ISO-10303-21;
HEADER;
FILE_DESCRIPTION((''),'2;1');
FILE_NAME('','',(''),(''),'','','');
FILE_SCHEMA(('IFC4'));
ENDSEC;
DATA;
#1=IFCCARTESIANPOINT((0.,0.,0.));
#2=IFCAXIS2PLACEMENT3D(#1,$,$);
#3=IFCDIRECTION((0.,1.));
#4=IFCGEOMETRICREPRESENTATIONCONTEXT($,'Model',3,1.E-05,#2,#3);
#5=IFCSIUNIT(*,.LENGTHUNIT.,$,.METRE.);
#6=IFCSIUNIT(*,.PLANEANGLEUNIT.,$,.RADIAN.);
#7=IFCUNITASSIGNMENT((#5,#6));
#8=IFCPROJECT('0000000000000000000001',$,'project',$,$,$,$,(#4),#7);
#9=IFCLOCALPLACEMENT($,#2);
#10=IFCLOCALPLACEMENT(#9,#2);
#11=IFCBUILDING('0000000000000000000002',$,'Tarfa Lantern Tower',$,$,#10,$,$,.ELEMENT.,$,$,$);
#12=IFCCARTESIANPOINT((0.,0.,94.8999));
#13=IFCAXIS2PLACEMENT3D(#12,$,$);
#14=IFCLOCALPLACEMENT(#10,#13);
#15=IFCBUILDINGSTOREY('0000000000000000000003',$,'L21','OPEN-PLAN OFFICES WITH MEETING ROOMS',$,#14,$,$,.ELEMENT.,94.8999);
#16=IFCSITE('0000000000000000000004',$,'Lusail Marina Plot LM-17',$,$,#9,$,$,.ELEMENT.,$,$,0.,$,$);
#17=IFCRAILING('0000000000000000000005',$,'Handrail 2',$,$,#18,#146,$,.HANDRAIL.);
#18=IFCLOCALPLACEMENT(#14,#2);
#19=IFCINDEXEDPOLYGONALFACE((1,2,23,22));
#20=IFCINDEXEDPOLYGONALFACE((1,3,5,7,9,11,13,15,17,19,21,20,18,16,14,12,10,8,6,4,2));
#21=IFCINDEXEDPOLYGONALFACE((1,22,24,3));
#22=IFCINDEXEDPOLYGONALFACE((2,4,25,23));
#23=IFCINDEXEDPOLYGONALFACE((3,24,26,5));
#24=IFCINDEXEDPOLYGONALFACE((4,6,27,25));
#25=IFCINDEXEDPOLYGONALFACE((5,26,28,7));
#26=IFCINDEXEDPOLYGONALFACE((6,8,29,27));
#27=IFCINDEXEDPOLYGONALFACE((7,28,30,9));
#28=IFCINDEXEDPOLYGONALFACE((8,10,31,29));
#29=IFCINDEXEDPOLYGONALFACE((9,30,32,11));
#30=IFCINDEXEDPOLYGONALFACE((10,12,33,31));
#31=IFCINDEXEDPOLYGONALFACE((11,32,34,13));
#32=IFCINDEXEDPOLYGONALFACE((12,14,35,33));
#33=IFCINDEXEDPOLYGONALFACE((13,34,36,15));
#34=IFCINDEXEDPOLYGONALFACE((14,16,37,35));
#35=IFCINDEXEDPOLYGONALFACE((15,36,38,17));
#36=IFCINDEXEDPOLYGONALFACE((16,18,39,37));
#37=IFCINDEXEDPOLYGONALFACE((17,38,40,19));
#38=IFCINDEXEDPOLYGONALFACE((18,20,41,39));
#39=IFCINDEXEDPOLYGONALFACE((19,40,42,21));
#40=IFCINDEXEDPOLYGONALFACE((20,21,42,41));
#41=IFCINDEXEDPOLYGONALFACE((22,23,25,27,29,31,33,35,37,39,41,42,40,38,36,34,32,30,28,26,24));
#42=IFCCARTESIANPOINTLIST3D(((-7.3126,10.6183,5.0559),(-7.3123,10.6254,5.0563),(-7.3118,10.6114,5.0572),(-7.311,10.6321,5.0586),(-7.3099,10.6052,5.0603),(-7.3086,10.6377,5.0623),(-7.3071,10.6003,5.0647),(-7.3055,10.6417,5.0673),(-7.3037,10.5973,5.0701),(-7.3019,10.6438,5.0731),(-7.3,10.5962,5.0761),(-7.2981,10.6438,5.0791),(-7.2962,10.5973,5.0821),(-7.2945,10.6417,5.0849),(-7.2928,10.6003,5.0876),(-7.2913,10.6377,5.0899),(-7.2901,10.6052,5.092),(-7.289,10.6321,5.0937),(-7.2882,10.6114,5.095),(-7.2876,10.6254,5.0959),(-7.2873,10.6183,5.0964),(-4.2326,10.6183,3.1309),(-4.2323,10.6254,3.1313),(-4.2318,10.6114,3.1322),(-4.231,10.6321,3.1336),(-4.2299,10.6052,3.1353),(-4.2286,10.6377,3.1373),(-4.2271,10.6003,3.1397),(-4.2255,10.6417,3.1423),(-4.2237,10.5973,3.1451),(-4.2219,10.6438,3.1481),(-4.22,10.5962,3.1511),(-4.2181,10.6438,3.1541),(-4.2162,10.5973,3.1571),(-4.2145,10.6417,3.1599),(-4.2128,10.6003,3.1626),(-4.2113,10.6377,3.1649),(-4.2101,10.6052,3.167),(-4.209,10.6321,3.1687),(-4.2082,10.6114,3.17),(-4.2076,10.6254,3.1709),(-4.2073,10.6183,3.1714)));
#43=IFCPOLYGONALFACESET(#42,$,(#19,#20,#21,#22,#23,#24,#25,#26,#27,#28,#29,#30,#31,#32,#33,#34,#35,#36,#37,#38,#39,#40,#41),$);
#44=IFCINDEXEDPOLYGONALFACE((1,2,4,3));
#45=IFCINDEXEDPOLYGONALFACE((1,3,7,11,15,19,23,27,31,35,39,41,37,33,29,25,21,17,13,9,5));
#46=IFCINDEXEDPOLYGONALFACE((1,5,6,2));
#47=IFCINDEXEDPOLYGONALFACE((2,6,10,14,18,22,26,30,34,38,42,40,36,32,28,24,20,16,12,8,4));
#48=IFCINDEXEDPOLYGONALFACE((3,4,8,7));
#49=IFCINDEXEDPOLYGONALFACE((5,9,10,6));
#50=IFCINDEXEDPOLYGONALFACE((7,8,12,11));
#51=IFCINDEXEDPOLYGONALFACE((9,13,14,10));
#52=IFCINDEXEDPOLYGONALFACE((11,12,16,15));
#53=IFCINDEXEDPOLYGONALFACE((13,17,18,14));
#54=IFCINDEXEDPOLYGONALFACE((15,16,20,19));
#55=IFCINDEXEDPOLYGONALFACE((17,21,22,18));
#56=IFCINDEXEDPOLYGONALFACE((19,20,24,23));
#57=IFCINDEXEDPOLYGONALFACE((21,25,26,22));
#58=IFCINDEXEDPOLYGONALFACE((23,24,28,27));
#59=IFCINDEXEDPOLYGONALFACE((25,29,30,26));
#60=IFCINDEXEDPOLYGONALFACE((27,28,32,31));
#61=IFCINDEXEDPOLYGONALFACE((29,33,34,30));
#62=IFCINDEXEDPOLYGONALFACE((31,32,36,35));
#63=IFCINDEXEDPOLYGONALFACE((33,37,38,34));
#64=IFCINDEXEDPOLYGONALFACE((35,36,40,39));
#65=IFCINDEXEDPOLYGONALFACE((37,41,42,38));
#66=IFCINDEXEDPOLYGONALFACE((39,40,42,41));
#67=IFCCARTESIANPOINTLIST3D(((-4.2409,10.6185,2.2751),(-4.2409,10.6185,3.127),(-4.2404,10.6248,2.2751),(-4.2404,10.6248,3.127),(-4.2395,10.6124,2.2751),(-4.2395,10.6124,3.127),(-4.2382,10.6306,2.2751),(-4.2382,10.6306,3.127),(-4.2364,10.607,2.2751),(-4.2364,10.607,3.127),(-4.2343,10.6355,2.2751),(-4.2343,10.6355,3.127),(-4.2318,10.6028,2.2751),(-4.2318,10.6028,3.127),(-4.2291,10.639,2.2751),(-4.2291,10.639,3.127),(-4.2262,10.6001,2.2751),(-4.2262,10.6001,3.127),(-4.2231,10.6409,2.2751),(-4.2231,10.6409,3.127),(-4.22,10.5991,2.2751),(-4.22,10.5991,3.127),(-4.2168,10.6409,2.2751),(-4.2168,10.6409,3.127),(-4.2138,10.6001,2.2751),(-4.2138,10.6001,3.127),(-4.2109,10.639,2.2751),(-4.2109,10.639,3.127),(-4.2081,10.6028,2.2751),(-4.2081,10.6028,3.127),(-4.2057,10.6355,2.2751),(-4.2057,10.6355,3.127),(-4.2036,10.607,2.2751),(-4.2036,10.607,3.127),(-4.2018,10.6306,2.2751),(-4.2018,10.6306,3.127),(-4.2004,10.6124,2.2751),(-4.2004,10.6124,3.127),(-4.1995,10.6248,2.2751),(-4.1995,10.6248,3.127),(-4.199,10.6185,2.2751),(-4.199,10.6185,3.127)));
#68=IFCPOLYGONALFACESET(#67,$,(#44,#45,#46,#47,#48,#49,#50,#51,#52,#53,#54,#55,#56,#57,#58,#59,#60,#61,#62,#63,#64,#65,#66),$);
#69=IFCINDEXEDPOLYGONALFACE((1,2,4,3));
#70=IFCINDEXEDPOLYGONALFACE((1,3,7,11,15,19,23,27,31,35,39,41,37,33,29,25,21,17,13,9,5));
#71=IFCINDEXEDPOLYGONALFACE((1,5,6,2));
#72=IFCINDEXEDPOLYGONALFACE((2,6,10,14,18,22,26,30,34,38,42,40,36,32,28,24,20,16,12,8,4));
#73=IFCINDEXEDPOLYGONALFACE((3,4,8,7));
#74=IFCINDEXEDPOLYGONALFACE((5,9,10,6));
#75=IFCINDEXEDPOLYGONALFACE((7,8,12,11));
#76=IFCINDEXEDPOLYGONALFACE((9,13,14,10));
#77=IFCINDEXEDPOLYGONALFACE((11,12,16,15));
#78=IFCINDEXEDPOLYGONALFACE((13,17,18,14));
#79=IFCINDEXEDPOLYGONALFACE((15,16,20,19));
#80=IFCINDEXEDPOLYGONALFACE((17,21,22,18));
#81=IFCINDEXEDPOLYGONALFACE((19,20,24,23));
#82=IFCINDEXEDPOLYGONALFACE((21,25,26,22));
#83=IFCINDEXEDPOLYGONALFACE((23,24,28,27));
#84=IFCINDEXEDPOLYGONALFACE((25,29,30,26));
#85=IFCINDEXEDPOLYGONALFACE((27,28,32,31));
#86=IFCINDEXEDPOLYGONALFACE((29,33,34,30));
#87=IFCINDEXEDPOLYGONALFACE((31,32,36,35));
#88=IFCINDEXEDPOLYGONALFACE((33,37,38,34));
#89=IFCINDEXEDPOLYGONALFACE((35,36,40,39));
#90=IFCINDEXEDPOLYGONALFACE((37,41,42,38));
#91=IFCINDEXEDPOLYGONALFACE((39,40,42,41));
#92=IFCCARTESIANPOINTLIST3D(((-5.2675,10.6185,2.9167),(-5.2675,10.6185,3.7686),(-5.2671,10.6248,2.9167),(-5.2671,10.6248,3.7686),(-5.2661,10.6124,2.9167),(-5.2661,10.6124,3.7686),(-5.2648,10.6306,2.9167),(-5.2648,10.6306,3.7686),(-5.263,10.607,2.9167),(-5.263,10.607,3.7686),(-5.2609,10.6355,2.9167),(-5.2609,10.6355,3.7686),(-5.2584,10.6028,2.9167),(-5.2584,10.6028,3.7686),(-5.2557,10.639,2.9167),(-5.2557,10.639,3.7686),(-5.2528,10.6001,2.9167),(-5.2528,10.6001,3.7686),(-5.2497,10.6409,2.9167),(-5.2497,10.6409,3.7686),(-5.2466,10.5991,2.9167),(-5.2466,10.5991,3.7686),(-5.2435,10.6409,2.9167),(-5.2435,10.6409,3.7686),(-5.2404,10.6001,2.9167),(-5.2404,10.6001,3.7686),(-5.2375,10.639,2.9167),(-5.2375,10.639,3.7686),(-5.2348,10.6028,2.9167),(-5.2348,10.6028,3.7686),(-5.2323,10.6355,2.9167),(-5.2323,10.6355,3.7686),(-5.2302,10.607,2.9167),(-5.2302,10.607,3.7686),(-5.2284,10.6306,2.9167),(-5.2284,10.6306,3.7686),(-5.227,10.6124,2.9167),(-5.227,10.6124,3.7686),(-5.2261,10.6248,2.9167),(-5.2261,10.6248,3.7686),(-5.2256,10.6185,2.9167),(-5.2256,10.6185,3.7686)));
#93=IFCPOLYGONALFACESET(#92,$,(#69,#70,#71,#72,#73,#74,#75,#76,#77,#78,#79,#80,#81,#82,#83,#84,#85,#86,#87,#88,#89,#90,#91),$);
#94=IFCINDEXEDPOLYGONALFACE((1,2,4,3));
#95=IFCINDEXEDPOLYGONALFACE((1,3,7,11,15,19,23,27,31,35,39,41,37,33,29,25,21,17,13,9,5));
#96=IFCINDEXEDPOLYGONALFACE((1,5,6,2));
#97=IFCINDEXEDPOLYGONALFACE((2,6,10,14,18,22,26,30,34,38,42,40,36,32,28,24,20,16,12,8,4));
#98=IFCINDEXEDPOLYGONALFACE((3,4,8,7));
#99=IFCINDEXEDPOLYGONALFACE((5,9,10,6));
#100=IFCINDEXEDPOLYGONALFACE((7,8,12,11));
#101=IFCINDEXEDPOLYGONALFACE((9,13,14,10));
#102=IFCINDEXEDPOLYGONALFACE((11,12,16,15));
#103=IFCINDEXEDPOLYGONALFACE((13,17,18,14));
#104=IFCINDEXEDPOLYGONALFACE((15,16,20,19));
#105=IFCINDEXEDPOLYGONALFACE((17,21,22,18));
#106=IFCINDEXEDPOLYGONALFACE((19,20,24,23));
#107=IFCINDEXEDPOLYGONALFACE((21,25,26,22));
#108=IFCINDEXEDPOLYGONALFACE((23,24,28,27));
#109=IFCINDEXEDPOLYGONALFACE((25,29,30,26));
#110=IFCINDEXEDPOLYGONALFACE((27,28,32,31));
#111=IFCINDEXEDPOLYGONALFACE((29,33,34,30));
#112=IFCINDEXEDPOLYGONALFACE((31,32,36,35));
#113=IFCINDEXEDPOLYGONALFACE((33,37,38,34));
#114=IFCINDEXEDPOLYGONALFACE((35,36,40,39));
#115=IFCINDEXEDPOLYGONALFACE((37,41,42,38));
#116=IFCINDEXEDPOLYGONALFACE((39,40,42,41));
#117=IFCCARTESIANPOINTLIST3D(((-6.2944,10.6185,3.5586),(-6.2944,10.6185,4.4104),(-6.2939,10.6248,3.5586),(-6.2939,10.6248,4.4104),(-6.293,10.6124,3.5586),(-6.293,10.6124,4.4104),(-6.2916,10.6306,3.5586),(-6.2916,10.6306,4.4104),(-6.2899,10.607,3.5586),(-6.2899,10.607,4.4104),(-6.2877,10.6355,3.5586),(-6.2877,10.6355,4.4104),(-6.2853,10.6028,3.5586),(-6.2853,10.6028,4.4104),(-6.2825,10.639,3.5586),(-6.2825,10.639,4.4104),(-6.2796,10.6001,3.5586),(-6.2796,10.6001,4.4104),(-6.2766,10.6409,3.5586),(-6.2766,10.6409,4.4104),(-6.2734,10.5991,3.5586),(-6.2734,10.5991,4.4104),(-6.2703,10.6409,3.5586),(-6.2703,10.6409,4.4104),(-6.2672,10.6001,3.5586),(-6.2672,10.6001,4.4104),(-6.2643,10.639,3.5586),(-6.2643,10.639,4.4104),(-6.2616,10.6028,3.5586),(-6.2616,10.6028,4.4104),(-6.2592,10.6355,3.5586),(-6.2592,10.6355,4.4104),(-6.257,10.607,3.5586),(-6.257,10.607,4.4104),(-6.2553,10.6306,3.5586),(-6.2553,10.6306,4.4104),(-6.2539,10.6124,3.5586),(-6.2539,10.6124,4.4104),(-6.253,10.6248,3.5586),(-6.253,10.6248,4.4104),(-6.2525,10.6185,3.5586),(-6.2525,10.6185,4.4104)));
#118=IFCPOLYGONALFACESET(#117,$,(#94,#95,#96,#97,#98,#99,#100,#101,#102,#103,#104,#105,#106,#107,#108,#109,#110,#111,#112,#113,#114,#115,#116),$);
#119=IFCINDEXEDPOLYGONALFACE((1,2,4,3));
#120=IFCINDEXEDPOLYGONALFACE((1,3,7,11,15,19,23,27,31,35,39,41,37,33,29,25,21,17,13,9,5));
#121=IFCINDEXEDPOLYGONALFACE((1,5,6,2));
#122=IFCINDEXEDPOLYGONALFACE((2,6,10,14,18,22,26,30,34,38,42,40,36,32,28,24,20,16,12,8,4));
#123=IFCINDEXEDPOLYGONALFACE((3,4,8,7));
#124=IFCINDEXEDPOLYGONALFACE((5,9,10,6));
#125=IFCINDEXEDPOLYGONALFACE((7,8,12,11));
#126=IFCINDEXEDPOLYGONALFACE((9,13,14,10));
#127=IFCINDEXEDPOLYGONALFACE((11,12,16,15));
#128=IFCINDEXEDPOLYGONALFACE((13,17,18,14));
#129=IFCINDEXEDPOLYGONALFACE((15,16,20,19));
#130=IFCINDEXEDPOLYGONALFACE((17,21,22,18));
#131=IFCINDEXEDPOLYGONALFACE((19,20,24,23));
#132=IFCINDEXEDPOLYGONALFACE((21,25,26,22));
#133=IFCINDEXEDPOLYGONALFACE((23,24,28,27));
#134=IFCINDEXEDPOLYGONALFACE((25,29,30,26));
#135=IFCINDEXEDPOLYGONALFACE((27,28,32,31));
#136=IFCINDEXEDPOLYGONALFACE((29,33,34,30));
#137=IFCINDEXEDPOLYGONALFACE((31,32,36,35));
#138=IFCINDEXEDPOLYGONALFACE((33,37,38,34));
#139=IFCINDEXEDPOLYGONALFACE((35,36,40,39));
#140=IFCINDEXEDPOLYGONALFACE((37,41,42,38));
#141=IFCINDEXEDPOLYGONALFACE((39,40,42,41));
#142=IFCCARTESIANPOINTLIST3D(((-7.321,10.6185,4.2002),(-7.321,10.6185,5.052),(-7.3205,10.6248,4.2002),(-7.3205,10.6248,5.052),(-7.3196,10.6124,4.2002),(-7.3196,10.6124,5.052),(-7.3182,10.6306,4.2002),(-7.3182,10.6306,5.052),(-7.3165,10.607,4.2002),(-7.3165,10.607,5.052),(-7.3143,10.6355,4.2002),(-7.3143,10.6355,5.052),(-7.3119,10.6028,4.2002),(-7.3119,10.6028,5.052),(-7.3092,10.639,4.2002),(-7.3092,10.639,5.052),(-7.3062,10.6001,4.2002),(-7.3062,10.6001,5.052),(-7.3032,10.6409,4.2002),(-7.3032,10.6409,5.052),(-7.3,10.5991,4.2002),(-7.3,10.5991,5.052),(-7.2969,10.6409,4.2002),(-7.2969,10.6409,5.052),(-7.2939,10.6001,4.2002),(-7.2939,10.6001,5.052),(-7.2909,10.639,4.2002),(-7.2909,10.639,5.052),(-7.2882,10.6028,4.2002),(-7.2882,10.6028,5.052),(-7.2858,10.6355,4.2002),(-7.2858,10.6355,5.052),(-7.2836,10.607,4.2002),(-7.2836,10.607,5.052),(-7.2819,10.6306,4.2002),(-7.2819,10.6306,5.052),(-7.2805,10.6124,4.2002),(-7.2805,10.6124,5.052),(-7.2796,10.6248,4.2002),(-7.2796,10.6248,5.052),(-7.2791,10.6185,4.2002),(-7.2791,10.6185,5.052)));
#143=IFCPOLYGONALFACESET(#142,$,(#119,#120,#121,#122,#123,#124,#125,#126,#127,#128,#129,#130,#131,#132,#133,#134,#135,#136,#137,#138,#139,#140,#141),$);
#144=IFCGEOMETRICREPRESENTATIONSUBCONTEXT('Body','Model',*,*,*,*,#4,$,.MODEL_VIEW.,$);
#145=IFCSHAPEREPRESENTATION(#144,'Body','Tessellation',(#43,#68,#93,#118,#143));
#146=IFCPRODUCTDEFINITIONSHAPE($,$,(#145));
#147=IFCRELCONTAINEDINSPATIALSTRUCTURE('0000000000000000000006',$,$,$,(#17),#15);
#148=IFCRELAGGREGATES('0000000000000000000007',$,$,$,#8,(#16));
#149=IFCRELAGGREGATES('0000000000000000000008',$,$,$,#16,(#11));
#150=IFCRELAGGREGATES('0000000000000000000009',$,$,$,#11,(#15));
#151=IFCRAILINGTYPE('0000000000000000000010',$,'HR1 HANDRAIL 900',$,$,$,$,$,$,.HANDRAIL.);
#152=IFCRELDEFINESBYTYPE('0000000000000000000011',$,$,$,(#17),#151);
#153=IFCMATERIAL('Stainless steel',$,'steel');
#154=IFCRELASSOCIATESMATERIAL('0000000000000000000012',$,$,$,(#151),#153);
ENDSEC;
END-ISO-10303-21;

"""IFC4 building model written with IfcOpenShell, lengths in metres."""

from ifc_helpers import new_model, si_unit, direction, frame, origin, origin_2d, place, context, subcontext, project, spatial, circle, extrude, material, type_object, element, save


model = new_model("IFC4")

# Units and contexts
model_context = context("Model", 3, precision=1e-05, world=origin(), true_north=direction((0.0, 1.0)))
body_context = subcontext(model_context, "Body", "Model", "MODEL_VIEW")
ifc_project = project(units=[si_unit("LENGTHUNIT", "METRE"), si_unit("PLANEANGLEUNIT", "RADIAN")], contexts=[model_context])

# Site, building, storey
site_placement = place(None, origin())
site = spatial("IfcSite", under=ifc_project, at=site_placement, Name="Lusail Marina Plot LM-17", CompositionType="ELEMENT", RefElevation=0.0)
building_placement = place(site_placement, origin())
building = spatial("IfcBuilding", under=site, at=building_placement, Name="Tarfa Lantern Tower", CompositionType="ELEMENT")
storey_placement = place(building_placement, frame((0.0, 0.0, 94.8999)))
storey = spatial("IfcBuildingStorey", under=building, at=storey_placement, Name="L21", Description="OPEN-PLAN OFFICES WITH MEETING ROOMS", CompositionType="ELEMENT", Elevation=94.8999)

# Railing
ifc_material_1 = material(Name="Stainless steel", Category="steel")
railing_type = type_object("IfcRailingType", Name="HR1 HANDRAIL 900", PredefinedType="HANDRAIL", material=ifc_material_1)
railing_1_placement = place(storey_placement, frame((-4.22, 10.6201, 2.2751)))
element("IfcRailing", 1, at=railing_1_placement, inside=storey, type_object=railing_type, Name="Handrail 2", PredefinedType="HANDRAIL", context=body_context, shape_type="SweptSolid", body=[
    extrude(circle(Radius=0.0239, at=origin_2d()), frame((0.0, 0.0, 0.876), z_axis=(-0.847998, 0.0, 0.529999), x_axis=(0.0, -1.0, 0.0)), (0.0, 0.0, 1.0), 3.6321),
    extrude(circle(Radius=0.021, at=origin_2d()), frame((0.0, 0.0, 0.0), z_axis=(0.0, 0.0, 1.0), x_axis=(0.0, -1.0, 0.0)), (0.0, 0.0, 1.0), 0.8518),
    extrude(circle(Radius=0.021, at=origin_2d()), frame((-1.0266, 0.0, 0.6416), z_axis=(0.0, 0.0, 1.0), x_axis=(0.0, -1.0, 0.0)), (0.0, 0.0, 1.0), 0.8518),
    extrude(circle(Radius=0.021, at=origin_2d()), frame((-2.0535, 0.0, 1.2834), z_axis=(0.0, 0.0, 1.0), x_axis=(0.0, -1.0, 0.0)), (0.0, 0.0, 1.0), 0.8518),
    extrude(circle(Radius=0.021, at=origin_2d()), frame((-3.0801, 0.0, 1.925), z_axis=(0.0, 0.0, 1.0), x_axis=(0.0, -1.0, 0.0)), (0.0, 0.0, 1.0), 0.8518),
])

save(model, "model.ifc")
